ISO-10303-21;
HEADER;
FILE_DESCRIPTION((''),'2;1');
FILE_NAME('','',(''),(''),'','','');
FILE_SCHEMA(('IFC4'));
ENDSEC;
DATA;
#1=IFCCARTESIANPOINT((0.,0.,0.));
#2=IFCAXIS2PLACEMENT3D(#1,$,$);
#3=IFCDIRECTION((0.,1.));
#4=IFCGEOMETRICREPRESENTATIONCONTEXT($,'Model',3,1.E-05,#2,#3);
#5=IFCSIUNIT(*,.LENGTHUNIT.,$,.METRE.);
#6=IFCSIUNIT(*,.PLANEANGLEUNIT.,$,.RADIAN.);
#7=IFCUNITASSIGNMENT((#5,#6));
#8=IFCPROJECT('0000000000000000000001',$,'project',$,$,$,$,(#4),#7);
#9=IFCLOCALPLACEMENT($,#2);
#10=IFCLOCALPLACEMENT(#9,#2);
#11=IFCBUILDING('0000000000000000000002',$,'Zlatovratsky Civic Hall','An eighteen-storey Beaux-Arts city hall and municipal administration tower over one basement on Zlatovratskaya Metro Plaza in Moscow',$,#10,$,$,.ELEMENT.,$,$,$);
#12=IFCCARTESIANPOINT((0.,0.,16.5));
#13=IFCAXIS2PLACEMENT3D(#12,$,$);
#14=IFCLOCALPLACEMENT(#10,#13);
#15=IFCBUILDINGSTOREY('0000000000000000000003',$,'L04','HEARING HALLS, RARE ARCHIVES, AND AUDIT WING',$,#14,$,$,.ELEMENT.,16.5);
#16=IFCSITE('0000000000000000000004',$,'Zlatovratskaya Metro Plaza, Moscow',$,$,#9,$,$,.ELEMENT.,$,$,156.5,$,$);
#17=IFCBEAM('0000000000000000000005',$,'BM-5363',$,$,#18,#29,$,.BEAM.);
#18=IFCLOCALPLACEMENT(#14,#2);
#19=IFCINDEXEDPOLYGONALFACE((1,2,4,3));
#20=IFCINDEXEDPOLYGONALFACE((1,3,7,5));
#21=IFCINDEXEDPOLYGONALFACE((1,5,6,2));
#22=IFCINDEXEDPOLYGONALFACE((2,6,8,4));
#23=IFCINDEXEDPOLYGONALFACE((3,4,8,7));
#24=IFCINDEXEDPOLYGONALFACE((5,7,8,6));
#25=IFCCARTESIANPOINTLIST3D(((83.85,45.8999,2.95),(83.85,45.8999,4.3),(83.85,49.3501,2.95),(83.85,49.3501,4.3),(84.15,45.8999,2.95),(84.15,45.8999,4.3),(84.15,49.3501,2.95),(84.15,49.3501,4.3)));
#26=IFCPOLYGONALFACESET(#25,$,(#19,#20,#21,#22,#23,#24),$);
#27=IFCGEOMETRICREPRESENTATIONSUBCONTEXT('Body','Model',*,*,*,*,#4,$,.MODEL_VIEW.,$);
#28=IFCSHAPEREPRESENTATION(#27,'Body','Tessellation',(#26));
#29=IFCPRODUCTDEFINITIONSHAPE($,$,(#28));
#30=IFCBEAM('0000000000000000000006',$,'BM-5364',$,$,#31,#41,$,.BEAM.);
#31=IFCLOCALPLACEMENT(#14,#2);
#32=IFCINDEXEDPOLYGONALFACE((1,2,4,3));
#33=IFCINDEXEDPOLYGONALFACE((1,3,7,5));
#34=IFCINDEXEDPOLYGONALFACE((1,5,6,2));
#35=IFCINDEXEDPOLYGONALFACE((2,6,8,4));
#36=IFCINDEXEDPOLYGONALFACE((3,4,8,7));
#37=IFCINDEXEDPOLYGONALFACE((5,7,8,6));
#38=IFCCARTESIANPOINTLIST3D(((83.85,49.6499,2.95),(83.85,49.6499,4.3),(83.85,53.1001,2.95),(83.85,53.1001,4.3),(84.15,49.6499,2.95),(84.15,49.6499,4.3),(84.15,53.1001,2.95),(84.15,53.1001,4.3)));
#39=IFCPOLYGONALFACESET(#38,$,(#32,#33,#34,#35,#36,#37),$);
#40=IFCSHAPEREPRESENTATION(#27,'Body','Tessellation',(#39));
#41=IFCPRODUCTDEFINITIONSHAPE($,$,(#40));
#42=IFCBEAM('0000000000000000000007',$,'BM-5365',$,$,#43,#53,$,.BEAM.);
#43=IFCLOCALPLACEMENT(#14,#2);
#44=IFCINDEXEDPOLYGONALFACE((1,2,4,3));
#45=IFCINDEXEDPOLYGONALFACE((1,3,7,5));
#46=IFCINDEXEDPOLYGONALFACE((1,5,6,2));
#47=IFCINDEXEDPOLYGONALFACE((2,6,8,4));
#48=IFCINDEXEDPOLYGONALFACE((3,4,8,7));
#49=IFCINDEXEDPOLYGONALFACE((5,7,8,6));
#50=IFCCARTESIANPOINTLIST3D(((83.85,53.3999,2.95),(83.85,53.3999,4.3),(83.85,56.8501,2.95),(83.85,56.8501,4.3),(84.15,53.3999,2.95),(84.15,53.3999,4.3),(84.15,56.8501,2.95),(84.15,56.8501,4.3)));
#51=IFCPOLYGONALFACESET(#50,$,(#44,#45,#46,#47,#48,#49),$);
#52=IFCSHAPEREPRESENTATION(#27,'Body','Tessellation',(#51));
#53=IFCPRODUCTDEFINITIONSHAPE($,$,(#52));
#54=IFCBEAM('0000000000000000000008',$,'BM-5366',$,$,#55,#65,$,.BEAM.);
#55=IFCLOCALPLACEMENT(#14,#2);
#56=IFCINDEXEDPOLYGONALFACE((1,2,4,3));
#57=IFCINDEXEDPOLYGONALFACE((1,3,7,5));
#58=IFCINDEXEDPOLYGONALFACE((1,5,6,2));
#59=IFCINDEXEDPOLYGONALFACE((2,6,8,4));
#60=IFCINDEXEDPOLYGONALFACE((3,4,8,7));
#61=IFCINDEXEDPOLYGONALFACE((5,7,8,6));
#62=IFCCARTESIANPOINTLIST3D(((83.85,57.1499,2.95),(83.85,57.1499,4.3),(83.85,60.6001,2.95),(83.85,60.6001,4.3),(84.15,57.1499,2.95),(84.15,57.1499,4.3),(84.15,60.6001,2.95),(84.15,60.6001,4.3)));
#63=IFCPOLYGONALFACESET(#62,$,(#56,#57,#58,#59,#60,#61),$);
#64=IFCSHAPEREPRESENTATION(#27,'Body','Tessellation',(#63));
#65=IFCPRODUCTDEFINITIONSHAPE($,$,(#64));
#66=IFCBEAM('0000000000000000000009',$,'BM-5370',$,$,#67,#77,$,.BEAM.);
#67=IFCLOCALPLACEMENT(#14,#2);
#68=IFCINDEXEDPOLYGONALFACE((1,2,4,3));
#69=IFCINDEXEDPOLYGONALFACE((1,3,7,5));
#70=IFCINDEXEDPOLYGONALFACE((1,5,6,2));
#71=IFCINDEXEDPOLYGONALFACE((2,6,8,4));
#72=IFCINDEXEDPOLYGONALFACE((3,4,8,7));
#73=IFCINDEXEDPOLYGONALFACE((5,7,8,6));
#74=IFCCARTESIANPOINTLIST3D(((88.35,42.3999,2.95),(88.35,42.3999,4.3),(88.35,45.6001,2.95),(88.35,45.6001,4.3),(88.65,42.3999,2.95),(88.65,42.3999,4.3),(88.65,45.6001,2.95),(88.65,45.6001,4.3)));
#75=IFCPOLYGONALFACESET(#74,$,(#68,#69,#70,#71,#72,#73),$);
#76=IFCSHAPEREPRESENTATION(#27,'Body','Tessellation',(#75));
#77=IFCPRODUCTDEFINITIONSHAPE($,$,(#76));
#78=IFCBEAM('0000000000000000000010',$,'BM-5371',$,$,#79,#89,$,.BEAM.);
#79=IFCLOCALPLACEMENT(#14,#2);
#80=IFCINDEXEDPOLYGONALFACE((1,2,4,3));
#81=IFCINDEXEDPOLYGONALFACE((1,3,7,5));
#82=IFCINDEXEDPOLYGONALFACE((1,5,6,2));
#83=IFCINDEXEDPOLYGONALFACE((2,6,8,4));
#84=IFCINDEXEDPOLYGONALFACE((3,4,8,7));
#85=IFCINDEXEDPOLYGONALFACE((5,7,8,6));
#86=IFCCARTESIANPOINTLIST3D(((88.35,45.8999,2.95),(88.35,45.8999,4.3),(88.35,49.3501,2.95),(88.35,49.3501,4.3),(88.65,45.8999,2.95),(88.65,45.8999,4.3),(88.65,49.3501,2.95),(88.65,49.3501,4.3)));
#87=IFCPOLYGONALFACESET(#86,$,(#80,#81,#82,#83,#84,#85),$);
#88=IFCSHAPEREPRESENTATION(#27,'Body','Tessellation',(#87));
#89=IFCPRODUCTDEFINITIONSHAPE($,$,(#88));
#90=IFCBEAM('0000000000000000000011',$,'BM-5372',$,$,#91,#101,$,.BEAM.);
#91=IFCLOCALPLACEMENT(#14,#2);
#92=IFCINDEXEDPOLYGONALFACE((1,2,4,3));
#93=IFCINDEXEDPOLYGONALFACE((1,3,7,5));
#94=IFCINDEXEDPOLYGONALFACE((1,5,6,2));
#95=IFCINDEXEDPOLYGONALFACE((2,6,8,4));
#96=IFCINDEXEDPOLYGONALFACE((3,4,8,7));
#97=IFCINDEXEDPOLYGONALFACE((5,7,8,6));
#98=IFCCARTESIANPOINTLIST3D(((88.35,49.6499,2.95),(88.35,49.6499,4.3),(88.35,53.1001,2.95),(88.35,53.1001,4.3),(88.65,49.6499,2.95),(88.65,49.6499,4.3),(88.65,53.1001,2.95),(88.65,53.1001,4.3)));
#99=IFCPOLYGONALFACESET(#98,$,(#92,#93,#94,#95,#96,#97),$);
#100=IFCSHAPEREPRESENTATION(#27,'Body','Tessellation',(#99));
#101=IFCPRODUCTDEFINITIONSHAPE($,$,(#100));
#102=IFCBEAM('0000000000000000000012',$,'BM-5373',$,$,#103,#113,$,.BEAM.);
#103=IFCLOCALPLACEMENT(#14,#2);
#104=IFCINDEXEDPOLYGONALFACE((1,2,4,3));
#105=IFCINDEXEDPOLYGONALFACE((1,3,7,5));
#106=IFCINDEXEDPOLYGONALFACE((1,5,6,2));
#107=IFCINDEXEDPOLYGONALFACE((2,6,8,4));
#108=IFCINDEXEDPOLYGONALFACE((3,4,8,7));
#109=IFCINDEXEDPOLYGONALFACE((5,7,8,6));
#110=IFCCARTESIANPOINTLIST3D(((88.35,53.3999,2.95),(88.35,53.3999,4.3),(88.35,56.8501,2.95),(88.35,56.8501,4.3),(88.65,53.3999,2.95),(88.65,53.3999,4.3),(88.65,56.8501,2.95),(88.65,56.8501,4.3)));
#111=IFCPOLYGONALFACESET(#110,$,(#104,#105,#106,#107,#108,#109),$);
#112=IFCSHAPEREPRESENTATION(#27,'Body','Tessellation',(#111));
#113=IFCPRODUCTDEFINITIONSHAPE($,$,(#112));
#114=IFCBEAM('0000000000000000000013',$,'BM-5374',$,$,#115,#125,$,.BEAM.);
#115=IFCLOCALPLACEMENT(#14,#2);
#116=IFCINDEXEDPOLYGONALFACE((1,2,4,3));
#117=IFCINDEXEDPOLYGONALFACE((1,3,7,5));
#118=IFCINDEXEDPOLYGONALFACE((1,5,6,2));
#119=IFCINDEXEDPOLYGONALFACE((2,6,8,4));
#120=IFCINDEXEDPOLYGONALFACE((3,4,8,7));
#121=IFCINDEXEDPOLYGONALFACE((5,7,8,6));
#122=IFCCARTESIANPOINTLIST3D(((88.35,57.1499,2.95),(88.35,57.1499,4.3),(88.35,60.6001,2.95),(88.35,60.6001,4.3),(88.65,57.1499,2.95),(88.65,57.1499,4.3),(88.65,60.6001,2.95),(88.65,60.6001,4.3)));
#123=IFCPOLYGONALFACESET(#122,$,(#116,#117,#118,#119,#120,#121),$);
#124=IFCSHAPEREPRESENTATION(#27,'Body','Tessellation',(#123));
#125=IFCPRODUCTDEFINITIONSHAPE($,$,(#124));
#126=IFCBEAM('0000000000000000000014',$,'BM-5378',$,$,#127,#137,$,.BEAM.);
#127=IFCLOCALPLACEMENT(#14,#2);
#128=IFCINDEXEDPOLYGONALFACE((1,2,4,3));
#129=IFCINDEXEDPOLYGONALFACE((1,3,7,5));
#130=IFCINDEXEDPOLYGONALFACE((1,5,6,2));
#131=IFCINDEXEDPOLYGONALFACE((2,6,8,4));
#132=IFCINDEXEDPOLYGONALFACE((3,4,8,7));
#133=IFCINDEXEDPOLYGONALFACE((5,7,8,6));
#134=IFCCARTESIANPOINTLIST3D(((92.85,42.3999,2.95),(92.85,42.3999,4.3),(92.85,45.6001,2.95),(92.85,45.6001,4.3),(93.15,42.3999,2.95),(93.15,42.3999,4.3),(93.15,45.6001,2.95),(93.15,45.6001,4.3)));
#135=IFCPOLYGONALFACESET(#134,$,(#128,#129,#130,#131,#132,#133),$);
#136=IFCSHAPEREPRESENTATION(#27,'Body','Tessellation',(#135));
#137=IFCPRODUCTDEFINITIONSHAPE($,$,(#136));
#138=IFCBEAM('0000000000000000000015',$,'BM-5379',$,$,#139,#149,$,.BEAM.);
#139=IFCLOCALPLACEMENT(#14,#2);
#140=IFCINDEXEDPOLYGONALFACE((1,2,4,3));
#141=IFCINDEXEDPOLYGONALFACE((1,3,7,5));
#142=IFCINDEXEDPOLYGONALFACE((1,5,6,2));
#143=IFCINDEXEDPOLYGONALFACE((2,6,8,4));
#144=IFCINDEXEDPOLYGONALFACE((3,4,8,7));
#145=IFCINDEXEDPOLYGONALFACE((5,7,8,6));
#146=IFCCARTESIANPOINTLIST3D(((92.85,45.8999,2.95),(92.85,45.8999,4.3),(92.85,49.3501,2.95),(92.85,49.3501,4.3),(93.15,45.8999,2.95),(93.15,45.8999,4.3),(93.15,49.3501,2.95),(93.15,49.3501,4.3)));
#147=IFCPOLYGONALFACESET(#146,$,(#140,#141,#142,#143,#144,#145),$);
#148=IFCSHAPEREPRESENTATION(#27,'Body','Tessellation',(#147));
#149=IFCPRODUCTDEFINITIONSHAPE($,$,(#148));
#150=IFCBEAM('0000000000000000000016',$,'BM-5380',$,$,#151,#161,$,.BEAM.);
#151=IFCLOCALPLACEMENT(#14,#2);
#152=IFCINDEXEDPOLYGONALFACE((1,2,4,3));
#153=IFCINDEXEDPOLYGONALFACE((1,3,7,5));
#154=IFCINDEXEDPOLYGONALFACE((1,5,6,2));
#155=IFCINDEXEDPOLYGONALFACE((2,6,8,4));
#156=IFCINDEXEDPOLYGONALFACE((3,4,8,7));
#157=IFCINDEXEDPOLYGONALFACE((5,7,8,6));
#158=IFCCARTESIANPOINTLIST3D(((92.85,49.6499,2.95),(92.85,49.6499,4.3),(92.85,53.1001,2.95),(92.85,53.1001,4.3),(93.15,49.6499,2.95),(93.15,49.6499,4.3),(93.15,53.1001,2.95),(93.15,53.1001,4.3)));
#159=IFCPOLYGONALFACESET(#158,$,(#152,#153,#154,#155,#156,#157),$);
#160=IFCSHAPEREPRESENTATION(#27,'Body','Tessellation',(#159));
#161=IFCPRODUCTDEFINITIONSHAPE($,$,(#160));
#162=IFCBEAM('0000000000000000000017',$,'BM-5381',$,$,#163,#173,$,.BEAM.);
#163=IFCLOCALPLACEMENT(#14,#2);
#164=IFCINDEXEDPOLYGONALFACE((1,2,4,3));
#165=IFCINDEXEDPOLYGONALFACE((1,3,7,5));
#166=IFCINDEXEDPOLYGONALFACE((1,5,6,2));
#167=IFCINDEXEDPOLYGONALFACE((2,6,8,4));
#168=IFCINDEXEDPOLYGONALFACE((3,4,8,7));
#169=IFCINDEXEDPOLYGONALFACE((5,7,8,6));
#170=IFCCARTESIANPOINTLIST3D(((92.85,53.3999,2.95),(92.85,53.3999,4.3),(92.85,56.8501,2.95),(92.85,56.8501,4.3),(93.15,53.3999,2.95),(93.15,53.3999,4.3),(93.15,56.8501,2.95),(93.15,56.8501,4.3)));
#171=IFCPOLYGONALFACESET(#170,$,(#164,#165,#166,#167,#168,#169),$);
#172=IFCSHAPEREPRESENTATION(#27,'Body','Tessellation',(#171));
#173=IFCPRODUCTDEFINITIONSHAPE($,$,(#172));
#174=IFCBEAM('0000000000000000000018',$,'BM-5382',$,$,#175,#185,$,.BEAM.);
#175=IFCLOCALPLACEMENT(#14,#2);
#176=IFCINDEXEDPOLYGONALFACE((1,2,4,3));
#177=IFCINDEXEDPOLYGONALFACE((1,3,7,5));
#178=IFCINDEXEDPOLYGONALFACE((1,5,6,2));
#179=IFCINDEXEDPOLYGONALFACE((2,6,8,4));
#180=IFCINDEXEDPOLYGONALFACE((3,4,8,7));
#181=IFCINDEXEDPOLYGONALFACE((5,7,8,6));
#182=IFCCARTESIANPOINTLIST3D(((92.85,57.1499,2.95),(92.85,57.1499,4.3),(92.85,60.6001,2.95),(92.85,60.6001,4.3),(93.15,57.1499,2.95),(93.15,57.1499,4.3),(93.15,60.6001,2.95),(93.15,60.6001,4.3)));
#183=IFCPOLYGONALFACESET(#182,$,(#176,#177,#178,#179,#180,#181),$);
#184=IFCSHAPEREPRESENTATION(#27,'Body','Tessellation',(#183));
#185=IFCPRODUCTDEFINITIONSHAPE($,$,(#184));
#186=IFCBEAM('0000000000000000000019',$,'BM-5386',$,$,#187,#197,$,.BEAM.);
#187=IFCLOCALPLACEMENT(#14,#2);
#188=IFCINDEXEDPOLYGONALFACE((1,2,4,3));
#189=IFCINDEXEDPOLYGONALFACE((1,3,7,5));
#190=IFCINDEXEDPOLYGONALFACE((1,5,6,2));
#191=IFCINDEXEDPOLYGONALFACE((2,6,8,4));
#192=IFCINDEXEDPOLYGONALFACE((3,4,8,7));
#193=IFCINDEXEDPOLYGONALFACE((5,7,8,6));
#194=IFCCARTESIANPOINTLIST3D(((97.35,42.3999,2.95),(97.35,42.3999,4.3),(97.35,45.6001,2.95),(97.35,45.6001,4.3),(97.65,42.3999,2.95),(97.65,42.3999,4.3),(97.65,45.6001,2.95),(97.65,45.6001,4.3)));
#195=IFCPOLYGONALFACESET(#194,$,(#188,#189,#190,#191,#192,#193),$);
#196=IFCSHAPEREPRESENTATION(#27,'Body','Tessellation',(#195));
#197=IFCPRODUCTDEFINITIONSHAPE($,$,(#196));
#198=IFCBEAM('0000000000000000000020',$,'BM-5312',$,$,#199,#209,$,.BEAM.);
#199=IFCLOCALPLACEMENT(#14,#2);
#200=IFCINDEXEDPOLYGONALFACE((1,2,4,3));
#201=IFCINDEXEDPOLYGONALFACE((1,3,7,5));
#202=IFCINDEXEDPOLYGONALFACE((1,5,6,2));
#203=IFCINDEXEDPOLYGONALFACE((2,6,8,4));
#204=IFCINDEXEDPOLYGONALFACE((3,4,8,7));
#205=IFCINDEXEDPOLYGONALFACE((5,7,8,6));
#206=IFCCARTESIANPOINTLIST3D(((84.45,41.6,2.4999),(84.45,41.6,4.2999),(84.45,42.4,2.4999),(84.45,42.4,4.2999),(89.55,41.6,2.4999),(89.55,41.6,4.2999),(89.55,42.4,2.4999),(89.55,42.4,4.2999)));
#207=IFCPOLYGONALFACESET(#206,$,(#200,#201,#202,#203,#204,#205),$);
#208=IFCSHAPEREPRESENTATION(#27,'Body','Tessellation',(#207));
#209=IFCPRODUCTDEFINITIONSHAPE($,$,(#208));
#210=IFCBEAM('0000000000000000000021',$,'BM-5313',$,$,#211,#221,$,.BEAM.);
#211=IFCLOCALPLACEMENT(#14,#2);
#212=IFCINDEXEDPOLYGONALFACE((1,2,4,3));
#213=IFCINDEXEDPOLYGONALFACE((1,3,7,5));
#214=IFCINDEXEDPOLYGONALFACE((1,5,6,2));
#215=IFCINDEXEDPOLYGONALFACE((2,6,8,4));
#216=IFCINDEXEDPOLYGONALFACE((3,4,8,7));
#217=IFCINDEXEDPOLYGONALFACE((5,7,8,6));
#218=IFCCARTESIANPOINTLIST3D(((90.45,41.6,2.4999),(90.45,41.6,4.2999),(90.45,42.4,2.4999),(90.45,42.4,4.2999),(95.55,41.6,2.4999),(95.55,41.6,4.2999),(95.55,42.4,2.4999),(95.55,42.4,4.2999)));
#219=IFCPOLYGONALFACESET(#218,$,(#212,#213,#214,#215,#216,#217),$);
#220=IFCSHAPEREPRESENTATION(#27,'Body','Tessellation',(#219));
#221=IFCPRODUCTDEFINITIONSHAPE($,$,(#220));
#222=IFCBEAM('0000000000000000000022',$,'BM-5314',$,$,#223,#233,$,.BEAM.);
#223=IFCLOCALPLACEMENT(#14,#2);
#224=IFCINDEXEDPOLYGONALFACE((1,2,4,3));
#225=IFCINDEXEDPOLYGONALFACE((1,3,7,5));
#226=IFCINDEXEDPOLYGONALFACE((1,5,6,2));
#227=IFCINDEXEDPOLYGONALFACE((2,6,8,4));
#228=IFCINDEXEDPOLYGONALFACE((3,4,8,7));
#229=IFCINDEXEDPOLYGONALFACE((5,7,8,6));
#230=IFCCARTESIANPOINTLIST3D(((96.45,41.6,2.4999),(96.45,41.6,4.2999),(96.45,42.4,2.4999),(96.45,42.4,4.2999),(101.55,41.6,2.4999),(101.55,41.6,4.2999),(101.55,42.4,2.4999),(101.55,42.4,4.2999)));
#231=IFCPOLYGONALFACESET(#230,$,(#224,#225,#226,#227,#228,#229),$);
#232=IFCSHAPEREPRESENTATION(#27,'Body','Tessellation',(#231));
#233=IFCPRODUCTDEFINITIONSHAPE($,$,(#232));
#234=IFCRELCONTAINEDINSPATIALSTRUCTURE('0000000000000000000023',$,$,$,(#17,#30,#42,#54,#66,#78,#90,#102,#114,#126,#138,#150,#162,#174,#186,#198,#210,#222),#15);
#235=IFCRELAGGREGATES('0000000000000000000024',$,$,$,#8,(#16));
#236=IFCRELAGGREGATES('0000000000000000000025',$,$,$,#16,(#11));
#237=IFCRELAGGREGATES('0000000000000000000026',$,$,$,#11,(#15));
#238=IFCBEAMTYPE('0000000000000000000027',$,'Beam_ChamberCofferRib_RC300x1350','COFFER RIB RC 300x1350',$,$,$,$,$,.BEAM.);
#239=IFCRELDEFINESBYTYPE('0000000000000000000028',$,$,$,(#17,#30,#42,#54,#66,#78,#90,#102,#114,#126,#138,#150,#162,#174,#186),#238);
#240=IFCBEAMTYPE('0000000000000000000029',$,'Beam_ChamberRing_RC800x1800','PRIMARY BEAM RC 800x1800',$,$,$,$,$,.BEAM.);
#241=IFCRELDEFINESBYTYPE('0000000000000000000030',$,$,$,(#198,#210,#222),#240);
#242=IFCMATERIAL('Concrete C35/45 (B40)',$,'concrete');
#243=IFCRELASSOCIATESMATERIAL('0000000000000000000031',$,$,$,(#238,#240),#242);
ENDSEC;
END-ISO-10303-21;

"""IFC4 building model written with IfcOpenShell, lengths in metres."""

from ifc_helpers import new_model, si_unit, direction, frame, origin, origin_2d, place, context, subcontext, project, spatial, rectangle, extrude, material, material_profile, profile_set, type_object, element, save


model = new_model("IFC4")

# Units and contexts
model_context = context("Model", 3, precision=1e-05, world=origin(), true_north=direction((0.0, 1.0)))
body_context = subcontext(model_context, "Body", "Model", "MODEL_VIEW")
ifc_project = project(units=[si_unit("LENGTHUNIT", "METRE"), si_unit("PLANEANGLEUNIT", "RADIAN")], contexts=[model_context])

# Site, building, storey
site_placement = place(None, origin())
site = spatial("IfcSite", under=ifc_project, at=site_placement, Name="Zlatovratskaya Metro Plaza, Moscow", CompositionType="ELEMENT", RefElevation=156.5)
building_placement = place(site_placement, origin())
building = spatial("IfcBuilding", under=site, at=building_placement, Name="Zlatovratsky Civic Hall", Description="An eighteen-storey Beaux-Arts city hall and municipal administration tower over one basement on Zlatovratskaya Metro Plaza in Moscow", CompositionType="ELEMENT")
storey_placement = place(building_placement, frame((0.0, 0.0, 16.5)))
storey = spatial("IfcBuildingStorey", under=building, at=storey_placement, Name="L04", Description="HEARING HALLS, RARE ARCHIVES, AND AUDIT WING", CompositionType="ELEMENT", Elevation=16.5)

# Shared definitions
ifc_material_1 = material(Name="Concrete C35/45 (B40)", Category="concrete")

# Beams
ifc_material_profile_1 = material_profile(ifc_material_1, rectangle(XDim=0.3, YDim=1.3501, at=origin_2d()), Name="RC 300x1350")
ifc_profile_set_1 = profile_set([ifc_material_profile_1], Name="Concrete C35/45 (B40)")
beam_type_1 = type_object("IfcBeamType", Name="Beam_ChamberCofferRib_RC300x1350", Description="COFFER RIB RC 300x1350", PredefinedType="BEAM", material=ifc_profile_set_1)
for number, where, z_axis, x_axis, name in (
    (1, (84.0, 45.8999, 3.625), (0.0, 1.0, 0.0), (-1.0, 0.0, 0.0), "BM-5363"),
    (2, (84.0, 49.6499, 3.625), (0.0, 1.0, 0.0), (-1.0, 0.0, 0.0), "BM-5364"),
    (3, (84.0, 53.3999, 3.625), (0.0, 1.0, 0.0), (-1.0, 0.0, 0.0), "BM-5365"),
    (4, (84.0, 57.1499, 3.625), (0.0, 1.0, 0.0), (-1.0, 0.0, 0.0), "BM-5366"),
):
    element("IfcBeam", number, at=place(storey_placement, frame(where, z_axis=z_axis, x_axis=x_axis)), inside=storey, type_object=beam_type_1, Name=name, PredefinedType="BEAM", context=body_context, shape_type="SweptSolid", body=[
        extrude(rectangle(XDim=0.3, YDim=1.3501, at=origin_2d()), origin(), (0.0, 0.0, 1.0), 3.4502),
    ])
beam_1_placement = place(storey_placement, frame((88.5, 42.3999, 3.625), z_axis=(0.0, 1.0, 0.0), x_axis=(-1.0, 0.0, 0.0)))
element("IfcBeam", 5, at=beam_1_placement, inside=storey, type_object=beam_type_1, Name="BM-5370", PredefinedType="BEAM", context=body_context, shape_type="SweptSolid", body=[
    extrude(rectangle(XDim=0.3, YDim=1.3501, at=origin_2d()), origin(), (0.0, 0.0, 1.0), 3.2002),
])
for number, where, z_axis, x_axis, name in (
    (6, (88.5, 45.8999, 3.625), (0.0, 1.0, 0.0), (-1.0, 0.0, 0.0), "BM-5371"),
    (7, (88.5, 49.6499, 3.625), (0.0, 1.0, 0.0), (-1.0, 0.0, 0.0), "BM-5372"),
    (8, (88.5, 53.3999, 3.625), (0.0, 1.0, 0.0), (-1.0, 0.0, 0.0), "BM-5373"),
    (9, (88.5, 57.1499, 3.625), (0.0, 1.0, 0.0), (-1.0, 0.0, 0.0), "BM-5374"),
):
    element("IfcBeam", number, at=place(storey_placement, frame(where, z_axis=z_axis, x_axis=x_axis)), inside=storey, type_object=beam_type_1, Name=name, PredefinedType="BEAM", context=body_context, shape_type="SweptSolid", body=[
        extrude(rectangle(XDim=0.3, YDim=1.3501, at=origin_2d()), origin(), (0.0, 0.0, 1.0), 3.4502),
    ])
beam_2_placement = place(storey_placement, frame((93.0, 42.3999, 3.625), z_axis=(0.0, 1.0, 0.0), x_axis=(-1.0, 0.0, 0.0)))
element("IfcBeam", 10, at=beam_2_placement, inside=storey, type_object=beam_type_1, Name="BM-5378", PredefinedType="BEAM", context=body_context, shape_type="SweptSolid", body=[
    extrude(rectangle(XDim=0.3, YDim=1.3501, at=origin_2d()), origin(), (0.0, 0.0, 1.0), 3.2002),
])
for number, where, z_axis, x_axis, name in (
    (11, (93.0, 45.8999, 3.625), (0.0, 1.0, 0.0), (-1.0, 0.0, 0.0), "BM-5379"),
    (12, (93.0, 49.6499, 3.625), (0.0, 1.0, 0.0), (-1.0, 0.0, 0.0), "BM-5380"),
    (13, (93.0, 53.3999, 3.625), (0.0, 1.0, 0.0), (-1.0, 0.0, 0.0), "BM-5381"),
    (14, (93.0, 57.1499, 3.625), (0.0, 1.0, 0.0), (-1.0, 0.0, 0.0), "BM-5382"),
):
    element("IfcBeam", number, at=place(storey_placement, frame(where, z_axis=z_axis, x_axis=x_axis)), inside=storey, type_object=beam_type_1, Name=name, PredefinedType="BEAM", context=body_context, shape_type="SweptSolid", body=[
        extrude(rectangle(XDim=0.3, YDim=1.3501, at=origin_2d()), origin(), (0.0, 0.0, 1.0), 3.4502),
    ])
beam_3_placement = place(storey_placement, frame((97.5, 42.3999, 3.625), z_axis=(0.0, 1.0, 0.0), x_axis=(-1.0, 0.0, 0.0)))
element("IfcBeam", 15, at=beam_3_placement, inside=storey, type_object=beam_type_1, Name="BM-5386", PredefinedType="BEAM", context=body_context, shape_type="SweptSolid", body=[
    extrude(rectangle(XDim=0.3, YDim=1.3501, at=origin_2d()), origin(), (0.0, 0.0, 1.0), 3.2002),
])
ifc_material_profile_2 = material_profile(ifc_material_1, rectangle(XDim=0.8, YDim=1.8, at=origin_2d()), Name="RC 800x1800")
ifc_profile_set_2 = profile_set([ifc_material_profile_2], Name="Concrete C35/45 (B40)")
beam_type_2 = type_object("IfcBeamType", Name="Beam_ChamberRing_RC800x1800", Description="PRIMARY BEAM RC 800x1800", PredefinedType="BEAM", material=ifc_profile_set_2)
for number, where, z_axis, x_axis, name in (
    (16, (84.45, 42.0, 3.3999), (1.0, 0.0, 0.0), (0.0, 1.0, 0.0), "BM-5312"),
    (17, (90.45, 42.0, 3.3999), (1.0, 0.0, 0.0), (0.0, 1.0, 0.0), "BM-5313"),
    (18, (96.45, 42.0, 3.3999), (1.0, 0.0, 0.0), (0.0, 1.0, 0.0), "BM-5314"),
):
    element("IfcBeam", number, at=place(storey_placement, frame(where, z_axis=z_axis, x_axis=x_axis)), inside=storey, type_object=beam_type_2, Name=name, PredefinedType="BEAM", context=body_context, shape_type="SweptSolid", body=[
        extrude(rectangle(XDim=0.8, YDim=1.8, at=origin_2d()), origin(), (0.0, 0.0, 1.0), 5.1001),
    ])

save(model, "model.ifc")
